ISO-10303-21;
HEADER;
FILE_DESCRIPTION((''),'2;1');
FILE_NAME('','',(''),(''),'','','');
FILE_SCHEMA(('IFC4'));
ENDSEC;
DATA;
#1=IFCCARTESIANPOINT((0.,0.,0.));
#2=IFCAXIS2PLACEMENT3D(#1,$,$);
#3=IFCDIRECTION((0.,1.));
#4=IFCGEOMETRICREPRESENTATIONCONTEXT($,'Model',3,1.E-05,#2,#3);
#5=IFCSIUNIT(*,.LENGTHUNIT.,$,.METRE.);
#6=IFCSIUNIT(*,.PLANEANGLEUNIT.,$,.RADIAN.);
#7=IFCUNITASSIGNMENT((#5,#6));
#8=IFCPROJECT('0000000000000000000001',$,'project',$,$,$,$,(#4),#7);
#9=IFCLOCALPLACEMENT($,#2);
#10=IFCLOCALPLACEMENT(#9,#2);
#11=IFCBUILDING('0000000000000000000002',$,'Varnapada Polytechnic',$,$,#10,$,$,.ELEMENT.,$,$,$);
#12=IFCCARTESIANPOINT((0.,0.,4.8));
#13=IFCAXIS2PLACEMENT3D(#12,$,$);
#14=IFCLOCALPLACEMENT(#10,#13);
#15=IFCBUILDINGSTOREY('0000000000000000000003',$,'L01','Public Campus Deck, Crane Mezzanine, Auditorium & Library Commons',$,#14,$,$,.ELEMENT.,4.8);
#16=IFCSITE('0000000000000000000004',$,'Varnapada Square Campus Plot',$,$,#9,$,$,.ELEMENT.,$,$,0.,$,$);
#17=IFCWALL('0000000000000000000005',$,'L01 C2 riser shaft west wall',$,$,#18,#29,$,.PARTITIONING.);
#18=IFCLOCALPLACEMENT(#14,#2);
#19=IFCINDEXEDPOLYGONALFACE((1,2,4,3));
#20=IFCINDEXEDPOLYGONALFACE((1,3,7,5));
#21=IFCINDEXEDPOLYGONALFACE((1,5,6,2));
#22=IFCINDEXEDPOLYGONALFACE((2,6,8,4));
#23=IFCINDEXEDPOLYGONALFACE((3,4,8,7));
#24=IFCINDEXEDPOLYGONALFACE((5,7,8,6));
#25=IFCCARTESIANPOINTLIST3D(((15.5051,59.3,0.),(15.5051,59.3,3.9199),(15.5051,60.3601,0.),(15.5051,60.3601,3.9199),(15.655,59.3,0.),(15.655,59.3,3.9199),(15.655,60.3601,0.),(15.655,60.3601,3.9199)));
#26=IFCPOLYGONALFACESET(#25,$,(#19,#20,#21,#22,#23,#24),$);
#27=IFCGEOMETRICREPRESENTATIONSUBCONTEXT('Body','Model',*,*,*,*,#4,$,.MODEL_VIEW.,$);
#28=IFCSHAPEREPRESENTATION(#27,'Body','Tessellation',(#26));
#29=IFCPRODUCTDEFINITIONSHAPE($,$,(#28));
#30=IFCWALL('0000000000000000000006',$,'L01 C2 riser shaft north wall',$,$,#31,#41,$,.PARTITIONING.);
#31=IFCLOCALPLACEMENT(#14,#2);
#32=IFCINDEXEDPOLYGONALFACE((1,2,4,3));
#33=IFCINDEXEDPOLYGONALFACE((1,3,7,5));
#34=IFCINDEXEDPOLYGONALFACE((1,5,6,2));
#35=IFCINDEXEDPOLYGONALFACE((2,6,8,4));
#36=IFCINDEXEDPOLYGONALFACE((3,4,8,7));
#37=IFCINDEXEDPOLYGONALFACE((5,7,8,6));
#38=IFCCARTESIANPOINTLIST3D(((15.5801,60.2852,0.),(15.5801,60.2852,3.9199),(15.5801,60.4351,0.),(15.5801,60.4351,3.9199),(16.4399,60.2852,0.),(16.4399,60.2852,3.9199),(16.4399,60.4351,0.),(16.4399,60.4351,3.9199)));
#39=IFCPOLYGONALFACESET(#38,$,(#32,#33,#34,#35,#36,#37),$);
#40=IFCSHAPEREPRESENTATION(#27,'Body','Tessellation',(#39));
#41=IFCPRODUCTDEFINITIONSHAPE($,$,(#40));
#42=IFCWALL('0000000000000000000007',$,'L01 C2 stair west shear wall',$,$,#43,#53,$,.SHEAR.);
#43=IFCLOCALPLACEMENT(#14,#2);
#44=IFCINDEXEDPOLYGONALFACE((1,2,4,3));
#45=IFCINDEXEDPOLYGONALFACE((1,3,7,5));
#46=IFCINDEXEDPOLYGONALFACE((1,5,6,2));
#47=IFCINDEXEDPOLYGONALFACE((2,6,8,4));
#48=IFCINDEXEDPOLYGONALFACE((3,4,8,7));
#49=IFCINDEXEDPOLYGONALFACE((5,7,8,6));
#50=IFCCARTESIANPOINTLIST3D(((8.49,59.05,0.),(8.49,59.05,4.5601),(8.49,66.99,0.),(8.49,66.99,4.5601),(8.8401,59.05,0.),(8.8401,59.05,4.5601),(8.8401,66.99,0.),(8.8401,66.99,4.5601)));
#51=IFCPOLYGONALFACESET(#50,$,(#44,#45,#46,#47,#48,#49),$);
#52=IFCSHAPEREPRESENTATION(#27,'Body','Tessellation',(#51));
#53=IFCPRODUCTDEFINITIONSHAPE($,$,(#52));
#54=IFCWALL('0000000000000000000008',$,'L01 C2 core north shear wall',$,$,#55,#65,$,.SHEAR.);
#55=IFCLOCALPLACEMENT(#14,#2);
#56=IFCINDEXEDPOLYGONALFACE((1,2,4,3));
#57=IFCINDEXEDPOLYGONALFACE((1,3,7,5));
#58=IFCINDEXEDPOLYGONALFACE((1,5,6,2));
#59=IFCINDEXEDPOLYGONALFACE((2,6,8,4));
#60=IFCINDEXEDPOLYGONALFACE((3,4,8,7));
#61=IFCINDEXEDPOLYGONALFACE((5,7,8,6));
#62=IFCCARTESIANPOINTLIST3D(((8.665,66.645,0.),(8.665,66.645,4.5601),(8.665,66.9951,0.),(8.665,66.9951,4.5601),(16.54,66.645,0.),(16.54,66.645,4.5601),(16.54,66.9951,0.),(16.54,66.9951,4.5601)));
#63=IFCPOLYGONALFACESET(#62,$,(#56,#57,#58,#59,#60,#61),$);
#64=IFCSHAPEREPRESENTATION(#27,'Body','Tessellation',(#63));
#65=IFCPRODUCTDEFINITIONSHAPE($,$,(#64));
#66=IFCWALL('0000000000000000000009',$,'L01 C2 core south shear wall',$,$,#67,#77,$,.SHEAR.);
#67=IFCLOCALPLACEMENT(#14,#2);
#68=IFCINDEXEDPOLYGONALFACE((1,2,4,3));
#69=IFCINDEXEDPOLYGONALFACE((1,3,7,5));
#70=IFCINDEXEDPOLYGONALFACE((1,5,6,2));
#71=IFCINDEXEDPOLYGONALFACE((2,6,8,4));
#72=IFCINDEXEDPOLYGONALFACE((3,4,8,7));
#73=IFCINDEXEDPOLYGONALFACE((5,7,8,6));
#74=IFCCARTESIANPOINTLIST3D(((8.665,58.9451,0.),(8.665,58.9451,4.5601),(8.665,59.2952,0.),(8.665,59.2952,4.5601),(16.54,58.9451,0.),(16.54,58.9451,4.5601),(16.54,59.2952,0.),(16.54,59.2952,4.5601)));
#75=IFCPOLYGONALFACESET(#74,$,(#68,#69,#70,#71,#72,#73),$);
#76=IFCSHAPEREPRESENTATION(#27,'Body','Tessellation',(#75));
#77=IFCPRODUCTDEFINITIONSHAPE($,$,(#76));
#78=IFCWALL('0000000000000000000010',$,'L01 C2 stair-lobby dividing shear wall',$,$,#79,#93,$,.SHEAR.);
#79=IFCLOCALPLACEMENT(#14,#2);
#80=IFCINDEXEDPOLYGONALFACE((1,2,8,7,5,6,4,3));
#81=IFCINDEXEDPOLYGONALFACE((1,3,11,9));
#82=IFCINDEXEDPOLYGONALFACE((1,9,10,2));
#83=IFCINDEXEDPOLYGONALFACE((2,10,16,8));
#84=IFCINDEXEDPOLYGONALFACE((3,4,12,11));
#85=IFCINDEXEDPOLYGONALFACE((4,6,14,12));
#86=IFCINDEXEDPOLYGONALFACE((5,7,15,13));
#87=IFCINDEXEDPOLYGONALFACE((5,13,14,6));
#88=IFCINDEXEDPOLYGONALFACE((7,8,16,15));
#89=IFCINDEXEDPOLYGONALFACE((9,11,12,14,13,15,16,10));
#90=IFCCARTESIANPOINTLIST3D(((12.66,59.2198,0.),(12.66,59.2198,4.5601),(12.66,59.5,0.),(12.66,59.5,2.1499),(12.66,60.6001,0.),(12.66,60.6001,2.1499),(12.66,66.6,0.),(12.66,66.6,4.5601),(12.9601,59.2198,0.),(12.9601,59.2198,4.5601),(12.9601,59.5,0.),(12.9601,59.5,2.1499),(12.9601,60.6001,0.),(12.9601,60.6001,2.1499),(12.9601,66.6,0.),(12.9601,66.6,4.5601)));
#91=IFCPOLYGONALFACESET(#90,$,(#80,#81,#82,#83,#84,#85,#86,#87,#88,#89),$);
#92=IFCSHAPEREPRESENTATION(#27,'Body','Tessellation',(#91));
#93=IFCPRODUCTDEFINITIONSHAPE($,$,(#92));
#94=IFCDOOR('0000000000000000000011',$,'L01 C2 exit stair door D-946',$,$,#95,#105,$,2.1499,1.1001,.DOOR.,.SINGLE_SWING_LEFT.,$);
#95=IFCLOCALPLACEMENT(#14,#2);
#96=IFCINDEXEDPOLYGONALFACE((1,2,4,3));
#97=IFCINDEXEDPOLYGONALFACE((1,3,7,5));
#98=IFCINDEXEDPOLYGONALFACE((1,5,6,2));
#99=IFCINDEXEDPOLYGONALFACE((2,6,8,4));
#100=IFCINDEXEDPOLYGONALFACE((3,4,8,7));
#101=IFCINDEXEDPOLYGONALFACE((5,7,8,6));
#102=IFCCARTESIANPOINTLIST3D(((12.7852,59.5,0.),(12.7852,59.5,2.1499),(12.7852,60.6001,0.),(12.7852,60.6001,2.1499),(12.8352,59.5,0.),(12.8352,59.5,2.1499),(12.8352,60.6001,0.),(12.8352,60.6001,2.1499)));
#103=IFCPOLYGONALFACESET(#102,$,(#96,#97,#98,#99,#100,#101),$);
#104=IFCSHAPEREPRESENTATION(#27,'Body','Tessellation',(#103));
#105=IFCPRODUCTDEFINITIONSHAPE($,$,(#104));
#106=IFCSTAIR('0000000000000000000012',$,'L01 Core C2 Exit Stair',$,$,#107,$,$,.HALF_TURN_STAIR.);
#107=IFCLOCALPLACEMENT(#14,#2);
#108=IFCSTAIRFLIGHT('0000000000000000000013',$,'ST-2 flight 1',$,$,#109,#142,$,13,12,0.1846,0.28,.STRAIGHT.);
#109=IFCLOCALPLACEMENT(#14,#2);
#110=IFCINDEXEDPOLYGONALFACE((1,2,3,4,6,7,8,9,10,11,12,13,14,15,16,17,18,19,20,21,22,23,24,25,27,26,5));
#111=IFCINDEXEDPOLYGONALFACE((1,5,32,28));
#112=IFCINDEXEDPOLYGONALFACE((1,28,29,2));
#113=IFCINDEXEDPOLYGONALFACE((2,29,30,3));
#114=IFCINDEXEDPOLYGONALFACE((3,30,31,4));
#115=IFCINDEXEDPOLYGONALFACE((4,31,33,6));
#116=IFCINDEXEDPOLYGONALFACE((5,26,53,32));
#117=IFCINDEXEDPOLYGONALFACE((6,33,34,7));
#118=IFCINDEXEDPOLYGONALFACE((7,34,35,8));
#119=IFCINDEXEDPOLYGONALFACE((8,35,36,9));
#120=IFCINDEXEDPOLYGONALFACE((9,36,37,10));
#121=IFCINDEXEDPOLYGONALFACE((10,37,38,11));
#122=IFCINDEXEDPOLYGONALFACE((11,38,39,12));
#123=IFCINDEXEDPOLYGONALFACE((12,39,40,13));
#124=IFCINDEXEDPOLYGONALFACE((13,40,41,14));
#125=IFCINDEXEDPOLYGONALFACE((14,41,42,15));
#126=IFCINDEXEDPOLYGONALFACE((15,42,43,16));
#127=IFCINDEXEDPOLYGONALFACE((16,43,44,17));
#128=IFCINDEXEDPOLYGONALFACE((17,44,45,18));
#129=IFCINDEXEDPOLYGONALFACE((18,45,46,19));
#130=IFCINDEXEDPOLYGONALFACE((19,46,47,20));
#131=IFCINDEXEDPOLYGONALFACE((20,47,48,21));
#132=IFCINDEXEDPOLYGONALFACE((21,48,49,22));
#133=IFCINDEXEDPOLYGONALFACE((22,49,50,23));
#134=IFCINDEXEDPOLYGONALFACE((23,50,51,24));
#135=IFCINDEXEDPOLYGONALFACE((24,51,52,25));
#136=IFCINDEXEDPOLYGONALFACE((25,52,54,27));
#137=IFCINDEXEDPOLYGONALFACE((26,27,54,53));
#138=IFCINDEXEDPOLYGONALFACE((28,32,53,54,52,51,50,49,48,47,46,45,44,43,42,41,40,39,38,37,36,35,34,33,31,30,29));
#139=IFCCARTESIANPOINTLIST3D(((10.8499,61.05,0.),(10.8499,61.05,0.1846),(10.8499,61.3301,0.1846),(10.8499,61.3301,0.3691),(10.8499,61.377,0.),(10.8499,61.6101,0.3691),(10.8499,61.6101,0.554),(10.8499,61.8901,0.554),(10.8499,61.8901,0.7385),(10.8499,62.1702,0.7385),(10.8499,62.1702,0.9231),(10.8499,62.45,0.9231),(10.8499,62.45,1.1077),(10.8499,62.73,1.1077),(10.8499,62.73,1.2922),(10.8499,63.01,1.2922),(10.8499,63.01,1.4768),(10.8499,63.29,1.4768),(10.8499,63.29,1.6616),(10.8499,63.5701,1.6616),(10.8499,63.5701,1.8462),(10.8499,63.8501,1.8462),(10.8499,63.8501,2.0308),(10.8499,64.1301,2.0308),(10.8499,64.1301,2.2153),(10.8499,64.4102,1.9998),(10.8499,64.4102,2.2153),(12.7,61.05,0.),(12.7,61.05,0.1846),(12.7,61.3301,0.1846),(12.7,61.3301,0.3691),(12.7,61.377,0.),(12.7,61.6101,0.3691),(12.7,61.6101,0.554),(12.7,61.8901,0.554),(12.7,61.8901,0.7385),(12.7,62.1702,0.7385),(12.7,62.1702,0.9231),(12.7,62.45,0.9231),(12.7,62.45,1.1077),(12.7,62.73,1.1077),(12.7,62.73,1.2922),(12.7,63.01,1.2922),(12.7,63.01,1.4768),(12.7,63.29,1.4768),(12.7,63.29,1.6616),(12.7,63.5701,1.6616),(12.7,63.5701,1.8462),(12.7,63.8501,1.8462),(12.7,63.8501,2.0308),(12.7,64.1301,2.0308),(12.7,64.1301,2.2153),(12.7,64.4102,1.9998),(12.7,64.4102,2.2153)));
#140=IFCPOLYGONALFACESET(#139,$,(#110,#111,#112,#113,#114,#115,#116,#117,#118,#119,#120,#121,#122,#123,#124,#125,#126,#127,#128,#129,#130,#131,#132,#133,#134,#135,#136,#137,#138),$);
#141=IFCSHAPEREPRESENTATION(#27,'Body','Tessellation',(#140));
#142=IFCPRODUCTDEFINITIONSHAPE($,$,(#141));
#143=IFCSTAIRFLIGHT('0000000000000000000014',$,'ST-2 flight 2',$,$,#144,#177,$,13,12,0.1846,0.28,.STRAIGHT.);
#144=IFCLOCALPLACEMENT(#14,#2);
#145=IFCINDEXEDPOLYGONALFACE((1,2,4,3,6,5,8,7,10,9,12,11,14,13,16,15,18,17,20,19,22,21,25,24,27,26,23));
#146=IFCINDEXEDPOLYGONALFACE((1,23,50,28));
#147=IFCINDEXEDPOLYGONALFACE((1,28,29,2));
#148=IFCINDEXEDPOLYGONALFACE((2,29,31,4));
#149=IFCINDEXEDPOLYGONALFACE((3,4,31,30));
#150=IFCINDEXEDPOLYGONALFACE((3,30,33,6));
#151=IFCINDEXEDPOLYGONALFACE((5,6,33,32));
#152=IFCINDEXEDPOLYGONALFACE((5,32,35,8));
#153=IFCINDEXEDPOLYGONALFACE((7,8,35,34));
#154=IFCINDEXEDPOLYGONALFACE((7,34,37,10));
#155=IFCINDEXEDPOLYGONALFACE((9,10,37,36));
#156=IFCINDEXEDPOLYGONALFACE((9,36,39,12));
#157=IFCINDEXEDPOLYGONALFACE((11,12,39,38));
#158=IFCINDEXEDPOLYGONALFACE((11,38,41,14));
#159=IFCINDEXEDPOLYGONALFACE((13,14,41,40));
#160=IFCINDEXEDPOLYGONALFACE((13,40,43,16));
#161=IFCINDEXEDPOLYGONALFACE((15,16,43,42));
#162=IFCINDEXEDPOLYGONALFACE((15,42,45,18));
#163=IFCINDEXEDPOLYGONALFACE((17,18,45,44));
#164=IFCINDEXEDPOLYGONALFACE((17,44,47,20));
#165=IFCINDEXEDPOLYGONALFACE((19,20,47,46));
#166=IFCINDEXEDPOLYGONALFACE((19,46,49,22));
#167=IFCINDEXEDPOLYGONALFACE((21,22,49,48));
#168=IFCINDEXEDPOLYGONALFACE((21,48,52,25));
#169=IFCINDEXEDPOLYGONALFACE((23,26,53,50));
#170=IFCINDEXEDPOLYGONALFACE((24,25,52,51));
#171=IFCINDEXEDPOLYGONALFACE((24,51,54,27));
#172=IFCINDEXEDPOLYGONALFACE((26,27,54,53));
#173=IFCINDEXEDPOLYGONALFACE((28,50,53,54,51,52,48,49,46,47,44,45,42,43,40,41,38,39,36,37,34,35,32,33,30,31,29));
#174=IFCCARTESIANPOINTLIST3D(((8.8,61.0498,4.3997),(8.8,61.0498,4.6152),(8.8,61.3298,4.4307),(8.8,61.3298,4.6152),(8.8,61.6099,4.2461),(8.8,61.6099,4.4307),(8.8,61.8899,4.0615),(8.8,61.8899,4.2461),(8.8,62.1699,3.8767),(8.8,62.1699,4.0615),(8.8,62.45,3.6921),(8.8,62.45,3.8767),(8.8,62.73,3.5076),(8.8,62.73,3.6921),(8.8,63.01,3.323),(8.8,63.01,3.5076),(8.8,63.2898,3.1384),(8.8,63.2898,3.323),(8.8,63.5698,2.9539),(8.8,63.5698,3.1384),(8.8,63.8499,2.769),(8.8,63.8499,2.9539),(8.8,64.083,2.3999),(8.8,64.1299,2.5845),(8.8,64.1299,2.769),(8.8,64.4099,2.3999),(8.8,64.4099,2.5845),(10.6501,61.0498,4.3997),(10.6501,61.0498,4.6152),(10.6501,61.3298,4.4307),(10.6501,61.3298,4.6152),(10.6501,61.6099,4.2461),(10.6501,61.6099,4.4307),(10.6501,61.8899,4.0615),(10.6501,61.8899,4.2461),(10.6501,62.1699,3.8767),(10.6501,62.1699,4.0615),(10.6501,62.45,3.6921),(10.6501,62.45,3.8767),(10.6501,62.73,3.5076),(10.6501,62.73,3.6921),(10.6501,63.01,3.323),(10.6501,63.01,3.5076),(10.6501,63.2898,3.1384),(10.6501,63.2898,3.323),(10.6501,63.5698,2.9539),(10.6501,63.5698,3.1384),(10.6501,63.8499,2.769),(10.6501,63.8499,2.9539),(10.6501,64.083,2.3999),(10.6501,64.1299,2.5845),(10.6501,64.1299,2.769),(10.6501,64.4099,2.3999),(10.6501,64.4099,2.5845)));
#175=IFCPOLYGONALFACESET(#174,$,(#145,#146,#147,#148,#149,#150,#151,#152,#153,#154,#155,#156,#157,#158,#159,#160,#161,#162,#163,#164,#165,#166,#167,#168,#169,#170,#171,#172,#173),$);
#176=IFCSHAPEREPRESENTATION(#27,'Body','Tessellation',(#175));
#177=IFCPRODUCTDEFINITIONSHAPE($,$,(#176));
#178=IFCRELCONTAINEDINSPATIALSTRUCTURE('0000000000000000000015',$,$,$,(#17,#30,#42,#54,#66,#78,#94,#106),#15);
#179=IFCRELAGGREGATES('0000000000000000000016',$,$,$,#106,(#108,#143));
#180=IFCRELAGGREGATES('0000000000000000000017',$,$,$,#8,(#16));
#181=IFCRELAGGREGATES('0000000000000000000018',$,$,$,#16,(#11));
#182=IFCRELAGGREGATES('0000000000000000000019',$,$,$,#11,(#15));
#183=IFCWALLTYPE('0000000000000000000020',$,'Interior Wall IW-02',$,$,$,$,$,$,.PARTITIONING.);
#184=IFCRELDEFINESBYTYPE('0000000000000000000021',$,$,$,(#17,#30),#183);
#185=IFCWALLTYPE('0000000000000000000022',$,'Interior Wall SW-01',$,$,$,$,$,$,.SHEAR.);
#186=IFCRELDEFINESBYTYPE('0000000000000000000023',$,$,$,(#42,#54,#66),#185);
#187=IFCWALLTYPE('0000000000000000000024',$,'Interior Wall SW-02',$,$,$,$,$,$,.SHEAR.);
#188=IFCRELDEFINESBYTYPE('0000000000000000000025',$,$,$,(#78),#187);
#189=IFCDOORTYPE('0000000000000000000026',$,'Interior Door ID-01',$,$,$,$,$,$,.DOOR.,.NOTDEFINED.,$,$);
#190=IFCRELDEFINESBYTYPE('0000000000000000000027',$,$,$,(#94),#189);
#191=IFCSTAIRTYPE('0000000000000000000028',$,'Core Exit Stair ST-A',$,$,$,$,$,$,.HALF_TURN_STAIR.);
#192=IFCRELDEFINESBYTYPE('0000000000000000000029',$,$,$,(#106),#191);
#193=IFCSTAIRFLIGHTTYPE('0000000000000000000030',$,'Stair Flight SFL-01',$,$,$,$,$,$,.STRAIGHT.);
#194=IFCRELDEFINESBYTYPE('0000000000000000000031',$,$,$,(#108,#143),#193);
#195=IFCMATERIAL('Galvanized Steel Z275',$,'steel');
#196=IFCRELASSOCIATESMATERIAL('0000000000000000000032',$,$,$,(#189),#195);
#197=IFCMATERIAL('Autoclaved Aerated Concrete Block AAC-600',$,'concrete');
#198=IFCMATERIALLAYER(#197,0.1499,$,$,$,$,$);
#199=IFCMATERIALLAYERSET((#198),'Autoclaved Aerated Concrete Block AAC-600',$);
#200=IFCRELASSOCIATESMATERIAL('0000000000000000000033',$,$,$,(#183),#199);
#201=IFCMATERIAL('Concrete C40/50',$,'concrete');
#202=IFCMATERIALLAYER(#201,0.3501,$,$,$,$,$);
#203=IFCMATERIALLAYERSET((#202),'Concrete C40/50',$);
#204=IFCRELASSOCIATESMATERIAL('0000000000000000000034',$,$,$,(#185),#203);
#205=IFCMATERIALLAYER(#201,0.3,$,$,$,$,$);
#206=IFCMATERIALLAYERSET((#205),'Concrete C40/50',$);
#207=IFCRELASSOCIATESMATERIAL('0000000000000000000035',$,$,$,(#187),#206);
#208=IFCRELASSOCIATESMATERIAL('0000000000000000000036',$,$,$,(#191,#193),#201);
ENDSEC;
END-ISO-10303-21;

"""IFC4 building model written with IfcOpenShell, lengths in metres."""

from ifc_helpers import new_model, si_unit, direction, frame, frame_2d, origin, place, context, subcontext, project, spatial, polyline, rectangle, outline, extrude, material, layer, layer_set, type_object, element, fill, aggregate, save


model = new_model("IFC4")

# Units and contexts
model_context = context("Model", 3, precision=1e-05, world=origin(), true_north=direction((0.0, 1.0)))
body_context = subcontext(model_context, "Body", "Model", "MODEL_VIEW")
ifc_project = project(units=[si_unit("LENGTHUNIT", "METRE"), si_unit("PLANEANGLEUNIT", "RADIAN")], contexts=[model_context])

# Site, building, storey
site_placement = place(None, origin())
site = spatial("IfcSite", under=ifc_project, at=site_placement, Name="Varnapada Square Campus Plot", CompositionType="ELEMENT", RefElevation=0.0)
building_placement = place(site_placement, origin())
building = spatial("IfcBuilding", under=site, at=building_placement, Name="Varnapada Polytechnic", CompositionType="ELEMENT")
storey_placement = place(building_placement, frame((0.0, 0.0, 4.8)))
storey = spatial("IfcBuildingStorey", under=building, at=storey_placement, Name="L01", Description="Public Campus Deck, Crane Mezzanine, Auditorium & Library Commons", CompositionType="ELEMENT", Elevation=4.8)

# Shared definitions
ifc_material_1 = material(Name="Concrete C40/50", Category="concrete")

# Shared definitions
ifc_material_2 = material(Name="Autoclaved Aerated Concrete Block AAC-600", Category="concrete")
ifc_material_3 = material(Name="Galvanized Steel Z275", Category="steel")
door_type_1 = type_object("IfcDoorType", Name="Interior Door ID-01", OperationType="NOTDEFINED", PredefinedType="DOOR", material=ifc_material_3)

# Walls
ifc_layer_1 = layer(ifc_material_2, 0.1499)
ifc_layer_set_1 = layer_set([ifc_layer_1], Name="Autoclaved Aerated Concrete Block AAC-600")
wall_type_1 = type_object("IfcWallType", Name="Interior Wall IW-02", PredefinedType="PARTITIONING", material=ifc_layer_set_1)
wall_1_placement = place(storey_placement, frame((15.5801, 60.3601, 0.0), z_axis=(0.0, 0.0, 1.0), x_axis=(0.0, -1.0, 0.0)))
element("IfcWall", 1, at=wall_1_placement, inside=storey, type_object=wall_type_1, Name="L01 C2 riser shaft west wall", PredefinedType="PARTITIONING", context=body_context, shape_type="SweptSolid", body=[
    extrude(rectangle(XDim=1.0601, YDim=0.1499, at=frame_2d((0.53, 0.0))), origin(), (0.0, 0.0, 1.0), 3.9199),
])
wall_2_placement = place(storey_placement, frame((15.5801, 60.3601, 0.0), z_axis=(0.0, 0.0, 1.0), x_axis=(1.0, 0.0, 0.0)))
element("IfcWall", 2, at=wall_2_placement, inside=storey, type_object=wall_type_1, Name="L01 C2 riser shaft north wall", PredefinedType="PARTITIONING", context=body_context, shape_type="SweptSolid", body=[
    extrude(rectangle(XDim=0.8599, YDim=0.1499, at=frame_2d((0.4299, 0.0))), origin(), (0.0, 0.0, 1.0), 3.9199),
])
ifc_layer_2 = layer(ifc_material_1, 0.3501)
ifc_layer_set_2 = layer_set([ifc_layer_2], Name="Concrete C40/50")
wall_type_2 = type_object("IfcWallType", Name="Interior Wall SW-01", PredefinedType="SHEAR", material=ifc_layer_set_2)
wall_3_placement = place(storey_placement, frame((8.665, 59.05, 0.0), z_axis=(0.0, 0.0, 1.0), x_axis=(0.0, 1.0, 0.0)))
element("IfcWall", 3, at=wall_3_placement, inside=storey, type_object=wall_type_2, Name="L01 C2 stair west shear wall", PredefinedType="SHEAR", context=body_context, shape_type="SweptSolid", body=[
    extrude(rectangle(XDim=7.9399, YDim=0.3501, at=frame_2d((3.97, 0.0))), origin(), (0.0, 0.0, 1.0), 4.5601),
])
for number, where, z_axis, x_axis, name in (
    (4, (8.665, 66.8201, 0.0), (0.0, 0.0, 1.0), (1.0, 0.0, 0.0), "L01 C2 core north shear wall"),
    (5, (16.54, 59.1201, 0.0), (0.0, 0.0, 1.0), (-1.0, 0.0, 0.0), "L01 C2 core south shear wall"),
):
    element("IfcWall", number, at=place(storey_placement, frame(where, z_axis=z_axis, x_axis=x_axis)), inside=storey, type_object=wall_type_2, Name=name, PredefinedType="SHEAR", context=body_context, shape_type="SweptSolid", body=[
        extrude(rectangle(XDim=7.875, YDim=0.3501, at=frame_2d((3.9375, 0.0))), origin(), (0.0, 0.0, 1.0), 4.5601),
    ])

# Wall, opening, door
ifc_layer_3 = layer(ifc_material_1, 0.3)
ifc_layer_set_3 = layer_set([ifc_layer_3], Name="Concrete C40/50")
wall_type_3 = type_object("IfcWallType", Name="Interior Wall SW-02", PredefinedType="SHEAR", material=ifc_layer_set_3)
wall_4_placement = place(storey_placement, frame((12.8101, 59.22, 0.0), z_axis=(0.0, 0.0, 1.0), x_axis=(0.0, 1.0, 0.0)))
wall_4 = element("IfcWall", 6, at=wall_4_placement, inside=storey, type_object=wall_type_3, Name="L01 C2 stair-lobby dividing shear wall", PredefinedType="SHEAR", context=body_context, shape_type="SweptSolid", body=[
    extrude(rectangle(XDim=7.3801, YDim=0.3, at=frame_2d((3.6899, 0.0))), origin(), (0.0, 0.0, 1.0), 4.5601),
])
opening_1_placement = place(wall_4_placement, frame((0.28, 0.0, 0.0)))
opening_1 = element("IfcOpeningElement", 7, at=opening_1_placement, cuts=wall_4, PredefinedType="OPENING", context=body_context, shape_type="SweptSolid", body=[
    extrude(rectangle(XDim=1.1001, YDim=2.1499, at=frame_2d((0.55, 1.075))), frame((0.0, 0.1599, 0.0), z_axis=(0.0, -1.0, 0.0), x_axis=(1.0, 0.0, 0.0)), (0.0, 0.0, 1.0), 0.3201),
])
door_1_placement = place(opening_1_placement, origin())
door_1 = element("IfcDoor", 8, at=door_1_placement, inside=storey, type_object=door_type_1, Name="L01 C2 exit stair door D-946", OperationType="SINGLE_SWING_LEFT", OverallHeight=2.1499, OverallWidth=1.1001, PredefinedType="DOOR", context=body_context, shape_type="SweptSolid", body=[
    extrude(rectangle(XDim=1.1001, YDim=2.1499, at=frame_2d((0.55, 1.075))), frame((0.0, 0.0249, 0.0), z_axis=(0.0, -1.0, 0.0), x_axis=(1.0, 0.0, 0.0)), (0.0, 0.0, 1.0), 0.05),
])
fill(opening_1, door_1)

# Stair, stair flights
stair_type = type_object("IfcStairType", Name="Core Exit Stair ST-A", PredefinedType="HALF_TURN_STAIR", material=ifc_material_1)
stair_placement = place(storey_placement, origin())
stair = element("IfcStair", 9, at=stair_placement, inside=storey, type_object=stair_type, Name="L01 Core C2 Exit Stair", PredefinedType="HALF_TURN_STAIR")
stair_flight_type = type_object("IfcStairFlightType", Name="Stair Flight SFL-01", PredefinedType="STRAIGHT", material=ifc_material_1)
stair_flight_1_placement = place(storey_placement, frame((11.7749, 61.05, 0.0), z_axis=(0.0, 0.0, 1.0), x_axis=(0.0, 1.0, 0.0)))
stair_flight_1 = element("IfcStairFlight", 10, at=stair_flight_1_placement, type_object=stair_flight_type, Name="ST-2 flight 1", NumberOfRisers=13, NumberOfTreads=12, PredefinedType="STRAIGHT", RiserHeight=0.1846, TreadLength=0.28, context=body_context, shape_type="SweptSolid", body=[
    extrude(outline(polyline([(0.0, 0.0), (0.0, 0.1846), (0.28, 0.1846), (0.28, 0.3691), (0.5601, 0.3691), (0.5601, 0.554), (0.8401, 0.554), (0.8401, 0.7385), (1.1201, 0.7385), (1.1201, 0.9231), (1.3999, 0.9231), (1.3999, 1.1077), (1.6799, 1.1077), (1.6799, 1.2922), (1.96, 1.2922), (1.96, 1.4768), (2.24, 1.4768), (2.24, 1.6616), (2.52, 1.6616), (2.52, 1.8462), (2.8, 1.8462), (2.8, 2.0308), (3.0801, 2.0308), (3.0801, 2.2153), (3.3601, 2.2153), (3.3601, 2.3999), (3.3601, 1.9998), (0.3269, 0.0), (0.0, 0.0)])), frame((0.0, 0.925, 0.0), z_axis=(0.0, -1.0, 0.0), x_axis=(1.0, 0.0, 0.0)), (0.0, 0.0, 1.0), 1.8501),
])
stair_flight_2_placement = place(storey_placement, frame((9.7251, 64.4099, 2.3999), z_axis=(0.0, 0.0, 1.0), x_axis=(0.0, -1.0, 0.0)))
stair_flight_2 = element("IfcStairFlight", 11, at=stair_flight_2_placement, type_object=stair_flight_type, Name="ST-2 flight 2", NumberOfRisers=13, NumberOfTreads=12, PredefinedType="STRAIGHT", RiserHeight=0.1846, TreadLength=0.28, context=body_context, shape_type="SweptSolid", body=[
    extrude(outline(polyline([(0.0, 0.0), (0.0, 0.1846), (0.28, 0.1846), (0.28, 0.3691), (0.5601, 0.3691), (0.5601, 0.554), (0.8401, 0.554), (0.8401, 0.7385), (1.1201, 0.7385), (1.1201, 0.9231), (1.3999, 0.9231), (1.3999, 1.1077), (1.6799, 1.1077), (1.6799, 1.2922), (1.96, 1.2922), (1.96, 1.4768), (2.24, 1.4768), (2.24, 1.6616), (2.52, 1.6616), (2.52, 1.8462), (2.8, 1.8462), (2.8, 2.0308), (3.0801, 2.0308), (3.0801, 2.2153), (3.3601, 2.2153), (3.3601, 2.3999), (3.3601, 1.9998), (0.3269, 0.0), (0.0, 0.0)])), frame((0.0, 0.925, 0.0), z_axis=(0.0, -1.0, 0.0), x_axis=(1.0, 0.0, 0.0)), (0.0, 0.0, 1.0), 1.8501),
])
aggregate(stair, [stair_flight_1, stair_flight_2])

save(model, "model.ifc")
